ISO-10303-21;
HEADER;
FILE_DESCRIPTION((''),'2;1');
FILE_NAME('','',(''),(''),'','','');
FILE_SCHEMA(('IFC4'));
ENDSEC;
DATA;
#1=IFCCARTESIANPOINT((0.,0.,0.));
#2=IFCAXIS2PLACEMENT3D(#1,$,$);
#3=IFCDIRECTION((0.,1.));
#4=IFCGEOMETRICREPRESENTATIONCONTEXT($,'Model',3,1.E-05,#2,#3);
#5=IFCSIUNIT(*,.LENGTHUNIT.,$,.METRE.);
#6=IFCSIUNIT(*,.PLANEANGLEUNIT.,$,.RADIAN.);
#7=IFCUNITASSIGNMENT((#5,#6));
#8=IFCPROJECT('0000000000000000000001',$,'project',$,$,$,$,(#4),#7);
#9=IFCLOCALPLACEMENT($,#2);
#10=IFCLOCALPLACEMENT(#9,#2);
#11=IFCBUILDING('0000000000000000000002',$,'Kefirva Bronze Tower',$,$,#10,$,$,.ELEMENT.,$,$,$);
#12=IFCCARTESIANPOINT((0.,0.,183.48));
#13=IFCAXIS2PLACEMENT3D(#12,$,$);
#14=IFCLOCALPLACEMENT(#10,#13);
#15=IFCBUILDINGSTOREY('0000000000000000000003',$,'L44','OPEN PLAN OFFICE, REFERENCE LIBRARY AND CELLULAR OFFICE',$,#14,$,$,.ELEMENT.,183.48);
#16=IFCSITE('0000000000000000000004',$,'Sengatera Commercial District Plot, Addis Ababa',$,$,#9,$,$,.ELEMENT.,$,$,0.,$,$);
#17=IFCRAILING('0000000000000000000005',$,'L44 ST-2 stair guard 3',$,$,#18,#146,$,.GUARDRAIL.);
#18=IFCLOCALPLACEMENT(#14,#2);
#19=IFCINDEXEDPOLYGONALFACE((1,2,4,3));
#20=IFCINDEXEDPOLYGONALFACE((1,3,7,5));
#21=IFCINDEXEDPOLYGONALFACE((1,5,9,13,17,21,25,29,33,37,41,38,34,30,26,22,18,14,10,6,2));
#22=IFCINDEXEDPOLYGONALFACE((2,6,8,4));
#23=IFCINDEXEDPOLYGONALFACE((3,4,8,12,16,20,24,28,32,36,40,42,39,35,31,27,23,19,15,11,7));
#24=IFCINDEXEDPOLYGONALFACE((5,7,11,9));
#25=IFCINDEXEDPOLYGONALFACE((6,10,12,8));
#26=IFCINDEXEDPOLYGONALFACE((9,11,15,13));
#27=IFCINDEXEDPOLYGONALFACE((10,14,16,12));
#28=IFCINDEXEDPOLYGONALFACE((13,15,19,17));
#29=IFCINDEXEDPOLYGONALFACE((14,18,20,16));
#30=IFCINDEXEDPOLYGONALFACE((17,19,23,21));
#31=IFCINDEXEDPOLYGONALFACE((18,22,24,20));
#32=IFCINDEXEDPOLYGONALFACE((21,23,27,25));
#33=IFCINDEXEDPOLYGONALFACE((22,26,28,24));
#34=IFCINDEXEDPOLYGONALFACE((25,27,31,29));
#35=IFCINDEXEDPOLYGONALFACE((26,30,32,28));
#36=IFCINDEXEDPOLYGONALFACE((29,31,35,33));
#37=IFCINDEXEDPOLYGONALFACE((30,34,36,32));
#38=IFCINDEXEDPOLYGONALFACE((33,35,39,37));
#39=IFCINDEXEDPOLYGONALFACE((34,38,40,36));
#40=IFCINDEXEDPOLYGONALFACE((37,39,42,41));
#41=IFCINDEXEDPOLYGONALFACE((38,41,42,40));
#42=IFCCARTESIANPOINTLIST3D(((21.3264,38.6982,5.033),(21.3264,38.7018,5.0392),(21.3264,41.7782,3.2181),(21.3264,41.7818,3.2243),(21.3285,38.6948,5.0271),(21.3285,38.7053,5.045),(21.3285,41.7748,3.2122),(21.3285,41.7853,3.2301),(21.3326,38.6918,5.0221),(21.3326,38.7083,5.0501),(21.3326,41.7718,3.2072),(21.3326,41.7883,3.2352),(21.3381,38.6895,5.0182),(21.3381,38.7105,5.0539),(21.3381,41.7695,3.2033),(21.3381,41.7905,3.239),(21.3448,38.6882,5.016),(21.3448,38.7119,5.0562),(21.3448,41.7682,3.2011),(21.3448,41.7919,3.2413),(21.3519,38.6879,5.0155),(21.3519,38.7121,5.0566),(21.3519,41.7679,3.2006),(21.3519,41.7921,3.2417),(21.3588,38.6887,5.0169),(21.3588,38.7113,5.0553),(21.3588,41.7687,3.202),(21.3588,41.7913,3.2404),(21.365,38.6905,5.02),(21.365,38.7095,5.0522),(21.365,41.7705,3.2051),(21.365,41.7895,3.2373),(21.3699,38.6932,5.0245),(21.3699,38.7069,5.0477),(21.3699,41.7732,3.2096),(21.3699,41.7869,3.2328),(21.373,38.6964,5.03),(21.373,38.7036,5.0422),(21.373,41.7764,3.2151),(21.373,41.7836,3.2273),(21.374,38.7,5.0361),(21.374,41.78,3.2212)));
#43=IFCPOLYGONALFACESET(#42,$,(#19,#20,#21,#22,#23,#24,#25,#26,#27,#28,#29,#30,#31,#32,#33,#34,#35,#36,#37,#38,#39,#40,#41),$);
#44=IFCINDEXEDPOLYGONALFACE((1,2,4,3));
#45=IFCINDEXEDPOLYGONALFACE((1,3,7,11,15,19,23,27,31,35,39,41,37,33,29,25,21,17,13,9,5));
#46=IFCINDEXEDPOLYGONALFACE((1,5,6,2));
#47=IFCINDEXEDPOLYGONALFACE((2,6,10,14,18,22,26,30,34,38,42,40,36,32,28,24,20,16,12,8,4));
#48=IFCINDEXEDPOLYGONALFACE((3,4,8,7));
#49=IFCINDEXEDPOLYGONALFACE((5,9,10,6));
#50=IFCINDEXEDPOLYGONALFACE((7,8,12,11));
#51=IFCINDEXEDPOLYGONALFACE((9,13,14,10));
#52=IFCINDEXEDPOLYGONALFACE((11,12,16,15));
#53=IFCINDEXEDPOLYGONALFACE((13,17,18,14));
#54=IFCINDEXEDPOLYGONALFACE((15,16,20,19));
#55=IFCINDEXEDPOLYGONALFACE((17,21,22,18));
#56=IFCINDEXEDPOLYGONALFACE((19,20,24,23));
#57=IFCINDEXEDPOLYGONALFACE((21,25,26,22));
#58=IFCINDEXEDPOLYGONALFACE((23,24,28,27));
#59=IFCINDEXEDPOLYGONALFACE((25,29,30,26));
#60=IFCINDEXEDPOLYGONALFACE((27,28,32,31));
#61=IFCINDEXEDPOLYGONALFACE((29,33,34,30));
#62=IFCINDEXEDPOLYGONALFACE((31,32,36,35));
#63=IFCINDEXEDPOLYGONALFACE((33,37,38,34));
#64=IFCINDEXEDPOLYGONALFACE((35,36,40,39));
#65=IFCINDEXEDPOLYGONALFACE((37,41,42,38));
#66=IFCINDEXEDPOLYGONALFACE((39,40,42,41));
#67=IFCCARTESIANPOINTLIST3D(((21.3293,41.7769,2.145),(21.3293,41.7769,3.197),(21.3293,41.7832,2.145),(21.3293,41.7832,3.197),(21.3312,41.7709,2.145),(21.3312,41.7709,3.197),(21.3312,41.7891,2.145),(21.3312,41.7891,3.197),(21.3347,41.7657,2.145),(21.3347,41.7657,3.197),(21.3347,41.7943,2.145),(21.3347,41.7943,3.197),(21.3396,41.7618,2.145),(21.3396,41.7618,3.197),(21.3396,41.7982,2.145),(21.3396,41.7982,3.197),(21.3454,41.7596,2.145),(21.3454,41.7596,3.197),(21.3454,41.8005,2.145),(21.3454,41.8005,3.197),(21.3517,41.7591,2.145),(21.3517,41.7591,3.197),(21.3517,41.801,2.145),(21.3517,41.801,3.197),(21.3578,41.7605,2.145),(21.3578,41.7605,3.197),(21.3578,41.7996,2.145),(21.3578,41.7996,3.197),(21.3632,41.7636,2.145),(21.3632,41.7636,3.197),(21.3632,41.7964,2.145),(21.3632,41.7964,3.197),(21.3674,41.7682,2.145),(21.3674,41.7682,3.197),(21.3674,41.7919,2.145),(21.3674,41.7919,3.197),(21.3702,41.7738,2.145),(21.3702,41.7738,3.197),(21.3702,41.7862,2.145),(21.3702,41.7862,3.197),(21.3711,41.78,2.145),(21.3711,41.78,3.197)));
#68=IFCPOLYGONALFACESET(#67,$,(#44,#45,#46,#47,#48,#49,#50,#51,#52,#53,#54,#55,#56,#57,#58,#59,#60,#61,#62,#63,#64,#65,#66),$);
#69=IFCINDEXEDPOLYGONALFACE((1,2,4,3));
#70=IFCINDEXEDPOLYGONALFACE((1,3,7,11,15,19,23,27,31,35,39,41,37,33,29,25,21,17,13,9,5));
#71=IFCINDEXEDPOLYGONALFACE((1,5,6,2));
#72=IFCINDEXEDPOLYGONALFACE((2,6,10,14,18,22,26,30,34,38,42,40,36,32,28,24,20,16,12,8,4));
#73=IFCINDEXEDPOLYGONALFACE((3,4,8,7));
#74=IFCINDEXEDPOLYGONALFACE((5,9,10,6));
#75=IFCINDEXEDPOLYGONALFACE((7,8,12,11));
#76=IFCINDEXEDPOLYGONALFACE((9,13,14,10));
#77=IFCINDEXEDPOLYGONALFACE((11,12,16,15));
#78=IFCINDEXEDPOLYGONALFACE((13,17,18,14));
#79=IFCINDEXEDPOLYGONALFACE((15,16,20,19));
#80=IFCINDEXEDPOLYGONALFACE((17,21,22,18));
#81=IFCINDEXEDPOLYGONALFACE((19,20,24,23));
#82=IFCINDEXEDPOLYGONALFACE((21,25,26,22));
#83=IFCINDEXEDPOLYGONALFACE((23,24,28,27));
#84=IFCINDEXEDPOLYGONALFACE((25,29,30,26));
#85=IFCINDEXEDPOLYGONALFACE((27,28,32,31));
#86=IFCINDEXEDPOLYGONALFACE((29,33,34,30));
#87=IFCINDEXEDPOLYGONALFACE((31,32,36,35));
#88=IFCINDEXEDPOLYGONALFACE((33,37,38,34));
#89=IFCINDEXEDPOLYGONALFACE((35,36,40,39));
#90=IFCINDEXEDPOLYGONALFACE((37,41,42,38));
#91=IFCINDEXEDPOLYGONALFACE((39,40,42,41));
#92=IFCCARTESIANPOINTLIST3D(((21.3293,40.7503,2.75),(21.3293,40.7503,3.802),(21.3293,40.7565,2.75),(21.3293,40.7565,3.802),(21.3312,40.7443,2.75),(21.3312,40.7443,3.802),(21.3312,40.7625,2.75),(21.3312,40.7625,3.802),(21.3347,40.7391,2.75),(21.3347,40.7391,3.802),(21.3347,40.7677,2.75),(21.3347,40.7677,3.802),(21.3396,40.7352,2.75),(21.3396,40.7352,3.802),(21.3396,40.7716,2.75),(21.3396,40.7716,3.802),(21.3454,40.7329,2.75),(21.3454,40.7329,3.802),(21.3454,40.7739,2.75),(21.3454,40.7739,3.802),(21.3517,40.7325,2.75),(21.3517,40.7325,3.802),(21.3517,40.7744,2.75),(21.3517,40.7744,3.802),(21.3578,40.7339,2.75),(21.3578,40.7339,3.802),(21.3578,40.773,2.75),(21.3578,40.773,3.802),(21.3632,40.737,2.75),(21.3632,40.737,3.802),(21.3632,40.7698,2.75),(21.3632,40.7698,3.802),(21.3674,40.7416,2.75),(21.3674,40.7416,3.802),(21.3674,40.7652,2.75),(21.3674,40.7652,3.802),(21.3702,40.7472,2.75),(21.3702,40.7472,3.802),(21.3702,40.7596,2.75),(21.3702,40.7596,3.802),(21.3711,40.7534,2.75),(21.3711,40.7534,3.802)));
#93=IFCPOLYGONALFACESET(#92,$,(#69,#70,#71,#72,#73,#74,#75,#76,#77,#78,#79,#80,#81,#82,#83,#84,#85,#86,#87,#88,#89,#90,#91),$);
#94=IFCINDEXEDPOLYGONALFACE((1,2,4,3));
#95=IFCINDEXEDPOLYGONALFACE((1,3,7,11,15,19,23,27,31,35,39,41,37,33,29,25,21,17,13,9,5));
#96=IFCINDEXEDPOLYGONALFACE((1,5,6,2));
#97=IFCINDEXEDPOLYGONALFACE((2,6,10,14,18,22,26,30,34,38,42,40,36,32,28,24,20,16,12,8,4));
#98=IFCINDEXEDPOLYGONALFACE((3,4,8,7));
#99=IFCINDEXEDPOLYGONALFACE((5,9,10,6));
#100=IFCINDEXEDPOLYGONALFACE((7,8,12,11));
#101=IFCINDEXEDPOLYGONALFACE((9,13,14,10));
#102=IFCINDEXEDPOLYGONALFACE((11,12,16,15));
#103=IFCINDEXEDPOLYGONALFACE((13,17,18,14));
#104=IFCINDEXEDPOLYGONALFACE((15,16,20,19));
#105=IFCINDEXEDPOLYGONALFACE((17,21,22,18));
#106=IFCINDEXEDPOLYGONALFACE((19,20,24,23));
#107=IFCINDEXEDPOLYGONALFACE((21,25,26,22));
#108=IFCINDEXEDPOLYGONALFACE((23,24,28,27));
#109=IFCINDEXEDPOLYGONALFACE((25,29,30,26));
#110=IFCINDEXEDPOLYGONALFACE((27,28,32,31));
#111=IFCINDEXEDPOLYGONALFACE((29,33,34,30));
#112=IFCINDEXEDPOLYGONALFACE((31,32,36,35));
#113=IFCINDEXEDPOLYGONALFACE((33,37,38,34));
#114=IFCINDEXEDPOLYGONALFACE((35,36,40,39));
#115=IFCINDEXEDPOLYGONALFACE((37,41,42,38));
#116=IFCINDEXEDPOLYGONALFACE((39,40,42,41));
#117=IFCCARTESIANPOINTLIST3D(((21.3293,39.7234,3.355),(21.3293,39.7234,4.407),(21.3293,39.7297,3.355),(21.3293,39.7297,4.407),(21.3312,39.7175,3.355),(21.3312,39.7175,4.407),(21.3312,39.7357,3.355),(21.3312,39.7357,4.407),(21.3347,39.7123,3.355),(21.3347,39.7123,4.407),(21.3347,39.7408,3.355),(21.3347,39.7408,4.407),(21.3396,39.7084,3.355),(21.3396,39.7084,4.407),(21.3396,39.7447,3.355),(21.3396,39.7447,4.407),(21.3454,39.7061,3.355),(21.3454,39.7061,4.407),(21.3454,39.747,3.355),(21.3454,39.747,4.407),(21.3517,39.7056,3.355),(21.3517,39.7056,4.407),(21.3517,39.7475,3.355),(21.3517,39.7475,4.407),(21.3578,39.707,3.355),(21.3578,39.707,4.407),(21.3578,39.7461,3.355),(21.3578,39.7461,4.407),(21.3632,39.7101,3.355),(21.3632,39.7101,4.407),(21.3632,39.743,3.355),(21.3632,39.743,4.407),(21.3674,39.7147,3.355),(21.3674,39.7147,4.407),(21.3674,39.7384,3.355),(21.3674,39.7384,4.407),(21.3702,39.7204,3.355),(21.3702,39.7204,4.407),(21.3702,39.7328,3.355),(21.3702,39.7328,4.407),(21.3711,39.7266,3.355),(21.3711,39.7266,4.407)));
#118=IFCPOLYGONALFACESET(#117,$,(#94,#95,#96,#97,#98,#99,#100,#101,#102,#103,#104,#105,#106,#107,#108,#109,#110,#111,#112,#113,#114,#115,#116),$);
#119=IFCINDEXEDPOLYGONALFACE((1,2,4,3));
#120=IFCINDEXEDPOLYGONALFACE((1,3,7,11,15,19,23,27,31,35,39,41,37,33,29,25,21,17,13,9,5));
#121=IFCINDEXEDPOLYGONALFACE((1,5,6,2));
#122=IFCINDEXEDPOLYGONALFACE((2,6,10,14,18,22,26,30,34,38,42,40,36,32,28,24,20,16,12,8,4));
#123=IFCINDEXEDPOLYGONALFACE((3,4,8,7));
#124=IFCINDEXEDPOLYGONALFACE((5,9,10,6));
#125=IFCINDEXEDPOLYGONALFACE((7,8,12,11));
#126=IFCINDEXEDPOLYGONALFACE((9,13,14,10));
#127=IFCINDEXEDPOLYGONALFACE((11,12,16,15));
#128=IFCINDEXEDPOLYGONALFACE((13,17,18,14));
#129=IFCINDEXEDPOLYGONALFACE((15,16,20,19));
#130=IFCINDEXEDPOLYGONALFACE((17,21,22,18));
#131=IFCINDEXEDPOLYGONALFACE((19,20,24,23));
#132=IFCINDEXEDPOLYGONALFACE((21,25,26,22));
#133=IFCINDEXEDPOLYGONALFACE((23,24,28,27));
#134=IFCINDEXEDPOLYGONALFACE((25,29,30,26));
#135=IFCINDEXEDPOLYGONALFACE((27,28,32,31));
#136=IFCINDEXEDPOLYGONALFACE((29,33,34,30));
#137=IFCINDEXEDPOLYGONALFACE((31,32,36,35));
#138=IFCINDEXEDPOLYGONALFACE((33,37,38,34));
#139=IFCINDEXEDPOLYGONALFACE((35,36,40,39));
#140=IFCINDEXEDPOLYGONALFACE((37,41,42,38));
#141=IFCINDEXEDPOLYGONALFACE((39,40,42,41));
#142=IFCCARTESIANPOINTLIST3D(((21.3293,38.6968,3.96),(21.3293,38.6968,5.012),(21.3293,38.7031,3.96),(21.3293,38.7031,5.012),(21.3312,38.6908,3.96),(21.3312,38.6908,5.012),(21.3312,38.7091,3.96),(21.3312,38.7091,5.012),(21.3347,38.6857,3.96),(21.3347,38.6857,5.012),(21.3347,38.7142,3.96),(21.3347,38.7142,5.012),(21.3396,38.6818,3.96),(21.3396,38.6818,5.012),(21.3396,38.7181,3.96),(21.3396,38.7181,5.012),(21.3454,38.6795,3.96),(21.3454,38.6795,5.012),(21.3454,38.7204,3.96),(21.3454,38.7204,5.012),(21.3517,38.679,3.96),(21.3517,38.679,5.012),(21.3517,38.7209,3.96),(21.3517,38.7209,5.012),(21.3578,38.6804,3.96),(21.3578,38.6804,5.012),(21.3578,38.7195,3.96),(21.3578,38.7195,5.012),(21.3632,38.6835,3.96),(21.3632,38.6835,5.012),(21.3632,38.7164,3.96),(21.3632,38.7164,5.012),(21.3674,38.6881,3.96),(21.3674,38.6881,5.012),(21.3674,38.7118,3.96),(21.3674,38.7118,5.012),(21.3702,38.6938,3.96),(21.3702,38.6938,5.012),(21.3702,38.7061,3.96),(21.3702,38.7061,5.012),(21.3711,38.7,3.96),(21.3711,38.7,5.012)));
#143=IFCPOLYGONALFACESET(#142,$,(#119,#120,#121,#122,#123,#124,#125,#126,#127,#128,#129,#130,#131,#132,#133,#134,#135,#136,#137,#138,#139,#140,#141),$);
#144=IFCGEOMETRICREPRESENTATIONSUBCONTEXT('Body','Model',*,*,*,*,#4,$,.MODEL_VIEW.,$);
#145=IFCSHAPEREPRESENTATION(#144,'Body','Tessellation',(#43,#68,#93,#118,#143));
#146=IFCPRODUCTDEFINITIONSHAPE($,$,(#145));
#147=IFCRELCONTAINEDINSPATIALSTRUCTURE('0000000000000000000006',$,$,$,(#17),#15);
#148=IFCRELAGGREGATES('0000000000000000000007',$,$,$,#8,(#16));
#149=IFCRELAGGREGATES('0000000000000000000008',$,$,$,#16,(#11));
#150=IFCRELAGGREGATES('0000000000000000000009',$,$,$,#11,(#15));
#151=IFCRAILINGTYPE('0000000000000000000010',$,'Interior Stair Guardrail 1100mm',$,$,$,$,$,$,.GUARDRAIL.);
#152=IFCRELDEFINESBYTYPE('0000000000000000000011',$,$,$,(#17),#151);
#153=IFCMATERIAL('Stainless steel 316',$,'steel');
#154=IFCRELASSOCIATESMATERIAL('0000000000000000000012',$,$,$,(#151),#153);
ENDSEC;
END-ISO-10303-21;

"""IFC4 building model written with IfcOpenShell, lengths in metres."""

from ifc_helpers import new_model, si_unit, direction, frame, origin, origin_2d, place, context, subcontext, project, spatial, circle, extrude, material, type_object, element, save


model = new_model("IFC4")

# Units and contexts
model_context = context("Model", 3, precision=1e-05, world=origin(), true_north=direction((0.0, 1.0)))
body_context = subcontext(model_context, "Body", "Model", "MODEL_VIEW")
ifc_project = project(units=[si_unit("LENGTHUNIT", "METRE"), si_unit("PLANEANGLEUNIT", "RADIAN")], contexts=[model_context])

# Site, building, storey
site_placement = place(None, origin())
site = spatial("IfcSite", under=ifc_project, at=site_placement, Name="Sengatera Commercial District Plot, Addis Ababa", CompositionType="ELEMENT", RefElevation=0.0)
building_placement = place(site_placement, origin())
building = spatial("IfcBuilding", under=site, at=building_placement, Name="Kefirva Bronze Tower", CompositionType="ELEMENT")
storey_placement = place(building_placement, frame((0.0, 0.0, 183.48)))
storey = spatial("IfcBuildingStorey", under=building, at=storey_placement, Name="L44", Description="OPEN PLAN OFFICE, REFERENCE LIBRARY AND CELLULAR OFFICE", CompositionType="ELEMENT", Elevation=183.48)

# Railing
ifc_material_1 = material(Name="Stainless steel 316", Category="steel")
railing_type_1 = type_object("IfcRailingType", Name="Interior Stair Guardrail 1100mm", PredefinedType="GUARDRAIL", material=ifc_material_1)
railing_1_placement = place(storey_placement, frame((21.3501, 41.78, 2.145)))
element("IfcRailing", 1, at=railing_1_placement, inside=storey, type_object=railing_type_1, Name="L44 ST-2 stair guard 3", PredefinedType="GUARDRAIL", context=body_context, shape_type="SweptSolid", body=[
    extrude(circle(Radius=0.0239, at=origin_2d()), frame((0.0, 0.0, 1.0762), z_axis=(0.0, -0.861551, 0.507671), x_axis=(1.0, 0.0, 0.0)), (0.0, 0.0, 1.0), 3.575),
    extrude(circle(Radius=0.021, at=origin_2d()), origin(), (0.0, 0.0, 1.0), 1.052),
    extrude(circle(Radius=0.021, at=origin_2d()), frame((0.0, -1.0266, 0.605)), (0.0, 0.0, 1.0), 1.052),
    extrude(circle(Radius=0.021, at=origin_2d()), frame((0.0, -2.0535, 1.21)), (0.0, 0.0, 1.0), 1.052),
    extrude(circle(Radius=0.021, at=origin_2d()), frame((0.0, -3.0801, 1.8149)), (0.0, 0.0, 1.0), 1.052),
])

save(model, "model.ifc")
